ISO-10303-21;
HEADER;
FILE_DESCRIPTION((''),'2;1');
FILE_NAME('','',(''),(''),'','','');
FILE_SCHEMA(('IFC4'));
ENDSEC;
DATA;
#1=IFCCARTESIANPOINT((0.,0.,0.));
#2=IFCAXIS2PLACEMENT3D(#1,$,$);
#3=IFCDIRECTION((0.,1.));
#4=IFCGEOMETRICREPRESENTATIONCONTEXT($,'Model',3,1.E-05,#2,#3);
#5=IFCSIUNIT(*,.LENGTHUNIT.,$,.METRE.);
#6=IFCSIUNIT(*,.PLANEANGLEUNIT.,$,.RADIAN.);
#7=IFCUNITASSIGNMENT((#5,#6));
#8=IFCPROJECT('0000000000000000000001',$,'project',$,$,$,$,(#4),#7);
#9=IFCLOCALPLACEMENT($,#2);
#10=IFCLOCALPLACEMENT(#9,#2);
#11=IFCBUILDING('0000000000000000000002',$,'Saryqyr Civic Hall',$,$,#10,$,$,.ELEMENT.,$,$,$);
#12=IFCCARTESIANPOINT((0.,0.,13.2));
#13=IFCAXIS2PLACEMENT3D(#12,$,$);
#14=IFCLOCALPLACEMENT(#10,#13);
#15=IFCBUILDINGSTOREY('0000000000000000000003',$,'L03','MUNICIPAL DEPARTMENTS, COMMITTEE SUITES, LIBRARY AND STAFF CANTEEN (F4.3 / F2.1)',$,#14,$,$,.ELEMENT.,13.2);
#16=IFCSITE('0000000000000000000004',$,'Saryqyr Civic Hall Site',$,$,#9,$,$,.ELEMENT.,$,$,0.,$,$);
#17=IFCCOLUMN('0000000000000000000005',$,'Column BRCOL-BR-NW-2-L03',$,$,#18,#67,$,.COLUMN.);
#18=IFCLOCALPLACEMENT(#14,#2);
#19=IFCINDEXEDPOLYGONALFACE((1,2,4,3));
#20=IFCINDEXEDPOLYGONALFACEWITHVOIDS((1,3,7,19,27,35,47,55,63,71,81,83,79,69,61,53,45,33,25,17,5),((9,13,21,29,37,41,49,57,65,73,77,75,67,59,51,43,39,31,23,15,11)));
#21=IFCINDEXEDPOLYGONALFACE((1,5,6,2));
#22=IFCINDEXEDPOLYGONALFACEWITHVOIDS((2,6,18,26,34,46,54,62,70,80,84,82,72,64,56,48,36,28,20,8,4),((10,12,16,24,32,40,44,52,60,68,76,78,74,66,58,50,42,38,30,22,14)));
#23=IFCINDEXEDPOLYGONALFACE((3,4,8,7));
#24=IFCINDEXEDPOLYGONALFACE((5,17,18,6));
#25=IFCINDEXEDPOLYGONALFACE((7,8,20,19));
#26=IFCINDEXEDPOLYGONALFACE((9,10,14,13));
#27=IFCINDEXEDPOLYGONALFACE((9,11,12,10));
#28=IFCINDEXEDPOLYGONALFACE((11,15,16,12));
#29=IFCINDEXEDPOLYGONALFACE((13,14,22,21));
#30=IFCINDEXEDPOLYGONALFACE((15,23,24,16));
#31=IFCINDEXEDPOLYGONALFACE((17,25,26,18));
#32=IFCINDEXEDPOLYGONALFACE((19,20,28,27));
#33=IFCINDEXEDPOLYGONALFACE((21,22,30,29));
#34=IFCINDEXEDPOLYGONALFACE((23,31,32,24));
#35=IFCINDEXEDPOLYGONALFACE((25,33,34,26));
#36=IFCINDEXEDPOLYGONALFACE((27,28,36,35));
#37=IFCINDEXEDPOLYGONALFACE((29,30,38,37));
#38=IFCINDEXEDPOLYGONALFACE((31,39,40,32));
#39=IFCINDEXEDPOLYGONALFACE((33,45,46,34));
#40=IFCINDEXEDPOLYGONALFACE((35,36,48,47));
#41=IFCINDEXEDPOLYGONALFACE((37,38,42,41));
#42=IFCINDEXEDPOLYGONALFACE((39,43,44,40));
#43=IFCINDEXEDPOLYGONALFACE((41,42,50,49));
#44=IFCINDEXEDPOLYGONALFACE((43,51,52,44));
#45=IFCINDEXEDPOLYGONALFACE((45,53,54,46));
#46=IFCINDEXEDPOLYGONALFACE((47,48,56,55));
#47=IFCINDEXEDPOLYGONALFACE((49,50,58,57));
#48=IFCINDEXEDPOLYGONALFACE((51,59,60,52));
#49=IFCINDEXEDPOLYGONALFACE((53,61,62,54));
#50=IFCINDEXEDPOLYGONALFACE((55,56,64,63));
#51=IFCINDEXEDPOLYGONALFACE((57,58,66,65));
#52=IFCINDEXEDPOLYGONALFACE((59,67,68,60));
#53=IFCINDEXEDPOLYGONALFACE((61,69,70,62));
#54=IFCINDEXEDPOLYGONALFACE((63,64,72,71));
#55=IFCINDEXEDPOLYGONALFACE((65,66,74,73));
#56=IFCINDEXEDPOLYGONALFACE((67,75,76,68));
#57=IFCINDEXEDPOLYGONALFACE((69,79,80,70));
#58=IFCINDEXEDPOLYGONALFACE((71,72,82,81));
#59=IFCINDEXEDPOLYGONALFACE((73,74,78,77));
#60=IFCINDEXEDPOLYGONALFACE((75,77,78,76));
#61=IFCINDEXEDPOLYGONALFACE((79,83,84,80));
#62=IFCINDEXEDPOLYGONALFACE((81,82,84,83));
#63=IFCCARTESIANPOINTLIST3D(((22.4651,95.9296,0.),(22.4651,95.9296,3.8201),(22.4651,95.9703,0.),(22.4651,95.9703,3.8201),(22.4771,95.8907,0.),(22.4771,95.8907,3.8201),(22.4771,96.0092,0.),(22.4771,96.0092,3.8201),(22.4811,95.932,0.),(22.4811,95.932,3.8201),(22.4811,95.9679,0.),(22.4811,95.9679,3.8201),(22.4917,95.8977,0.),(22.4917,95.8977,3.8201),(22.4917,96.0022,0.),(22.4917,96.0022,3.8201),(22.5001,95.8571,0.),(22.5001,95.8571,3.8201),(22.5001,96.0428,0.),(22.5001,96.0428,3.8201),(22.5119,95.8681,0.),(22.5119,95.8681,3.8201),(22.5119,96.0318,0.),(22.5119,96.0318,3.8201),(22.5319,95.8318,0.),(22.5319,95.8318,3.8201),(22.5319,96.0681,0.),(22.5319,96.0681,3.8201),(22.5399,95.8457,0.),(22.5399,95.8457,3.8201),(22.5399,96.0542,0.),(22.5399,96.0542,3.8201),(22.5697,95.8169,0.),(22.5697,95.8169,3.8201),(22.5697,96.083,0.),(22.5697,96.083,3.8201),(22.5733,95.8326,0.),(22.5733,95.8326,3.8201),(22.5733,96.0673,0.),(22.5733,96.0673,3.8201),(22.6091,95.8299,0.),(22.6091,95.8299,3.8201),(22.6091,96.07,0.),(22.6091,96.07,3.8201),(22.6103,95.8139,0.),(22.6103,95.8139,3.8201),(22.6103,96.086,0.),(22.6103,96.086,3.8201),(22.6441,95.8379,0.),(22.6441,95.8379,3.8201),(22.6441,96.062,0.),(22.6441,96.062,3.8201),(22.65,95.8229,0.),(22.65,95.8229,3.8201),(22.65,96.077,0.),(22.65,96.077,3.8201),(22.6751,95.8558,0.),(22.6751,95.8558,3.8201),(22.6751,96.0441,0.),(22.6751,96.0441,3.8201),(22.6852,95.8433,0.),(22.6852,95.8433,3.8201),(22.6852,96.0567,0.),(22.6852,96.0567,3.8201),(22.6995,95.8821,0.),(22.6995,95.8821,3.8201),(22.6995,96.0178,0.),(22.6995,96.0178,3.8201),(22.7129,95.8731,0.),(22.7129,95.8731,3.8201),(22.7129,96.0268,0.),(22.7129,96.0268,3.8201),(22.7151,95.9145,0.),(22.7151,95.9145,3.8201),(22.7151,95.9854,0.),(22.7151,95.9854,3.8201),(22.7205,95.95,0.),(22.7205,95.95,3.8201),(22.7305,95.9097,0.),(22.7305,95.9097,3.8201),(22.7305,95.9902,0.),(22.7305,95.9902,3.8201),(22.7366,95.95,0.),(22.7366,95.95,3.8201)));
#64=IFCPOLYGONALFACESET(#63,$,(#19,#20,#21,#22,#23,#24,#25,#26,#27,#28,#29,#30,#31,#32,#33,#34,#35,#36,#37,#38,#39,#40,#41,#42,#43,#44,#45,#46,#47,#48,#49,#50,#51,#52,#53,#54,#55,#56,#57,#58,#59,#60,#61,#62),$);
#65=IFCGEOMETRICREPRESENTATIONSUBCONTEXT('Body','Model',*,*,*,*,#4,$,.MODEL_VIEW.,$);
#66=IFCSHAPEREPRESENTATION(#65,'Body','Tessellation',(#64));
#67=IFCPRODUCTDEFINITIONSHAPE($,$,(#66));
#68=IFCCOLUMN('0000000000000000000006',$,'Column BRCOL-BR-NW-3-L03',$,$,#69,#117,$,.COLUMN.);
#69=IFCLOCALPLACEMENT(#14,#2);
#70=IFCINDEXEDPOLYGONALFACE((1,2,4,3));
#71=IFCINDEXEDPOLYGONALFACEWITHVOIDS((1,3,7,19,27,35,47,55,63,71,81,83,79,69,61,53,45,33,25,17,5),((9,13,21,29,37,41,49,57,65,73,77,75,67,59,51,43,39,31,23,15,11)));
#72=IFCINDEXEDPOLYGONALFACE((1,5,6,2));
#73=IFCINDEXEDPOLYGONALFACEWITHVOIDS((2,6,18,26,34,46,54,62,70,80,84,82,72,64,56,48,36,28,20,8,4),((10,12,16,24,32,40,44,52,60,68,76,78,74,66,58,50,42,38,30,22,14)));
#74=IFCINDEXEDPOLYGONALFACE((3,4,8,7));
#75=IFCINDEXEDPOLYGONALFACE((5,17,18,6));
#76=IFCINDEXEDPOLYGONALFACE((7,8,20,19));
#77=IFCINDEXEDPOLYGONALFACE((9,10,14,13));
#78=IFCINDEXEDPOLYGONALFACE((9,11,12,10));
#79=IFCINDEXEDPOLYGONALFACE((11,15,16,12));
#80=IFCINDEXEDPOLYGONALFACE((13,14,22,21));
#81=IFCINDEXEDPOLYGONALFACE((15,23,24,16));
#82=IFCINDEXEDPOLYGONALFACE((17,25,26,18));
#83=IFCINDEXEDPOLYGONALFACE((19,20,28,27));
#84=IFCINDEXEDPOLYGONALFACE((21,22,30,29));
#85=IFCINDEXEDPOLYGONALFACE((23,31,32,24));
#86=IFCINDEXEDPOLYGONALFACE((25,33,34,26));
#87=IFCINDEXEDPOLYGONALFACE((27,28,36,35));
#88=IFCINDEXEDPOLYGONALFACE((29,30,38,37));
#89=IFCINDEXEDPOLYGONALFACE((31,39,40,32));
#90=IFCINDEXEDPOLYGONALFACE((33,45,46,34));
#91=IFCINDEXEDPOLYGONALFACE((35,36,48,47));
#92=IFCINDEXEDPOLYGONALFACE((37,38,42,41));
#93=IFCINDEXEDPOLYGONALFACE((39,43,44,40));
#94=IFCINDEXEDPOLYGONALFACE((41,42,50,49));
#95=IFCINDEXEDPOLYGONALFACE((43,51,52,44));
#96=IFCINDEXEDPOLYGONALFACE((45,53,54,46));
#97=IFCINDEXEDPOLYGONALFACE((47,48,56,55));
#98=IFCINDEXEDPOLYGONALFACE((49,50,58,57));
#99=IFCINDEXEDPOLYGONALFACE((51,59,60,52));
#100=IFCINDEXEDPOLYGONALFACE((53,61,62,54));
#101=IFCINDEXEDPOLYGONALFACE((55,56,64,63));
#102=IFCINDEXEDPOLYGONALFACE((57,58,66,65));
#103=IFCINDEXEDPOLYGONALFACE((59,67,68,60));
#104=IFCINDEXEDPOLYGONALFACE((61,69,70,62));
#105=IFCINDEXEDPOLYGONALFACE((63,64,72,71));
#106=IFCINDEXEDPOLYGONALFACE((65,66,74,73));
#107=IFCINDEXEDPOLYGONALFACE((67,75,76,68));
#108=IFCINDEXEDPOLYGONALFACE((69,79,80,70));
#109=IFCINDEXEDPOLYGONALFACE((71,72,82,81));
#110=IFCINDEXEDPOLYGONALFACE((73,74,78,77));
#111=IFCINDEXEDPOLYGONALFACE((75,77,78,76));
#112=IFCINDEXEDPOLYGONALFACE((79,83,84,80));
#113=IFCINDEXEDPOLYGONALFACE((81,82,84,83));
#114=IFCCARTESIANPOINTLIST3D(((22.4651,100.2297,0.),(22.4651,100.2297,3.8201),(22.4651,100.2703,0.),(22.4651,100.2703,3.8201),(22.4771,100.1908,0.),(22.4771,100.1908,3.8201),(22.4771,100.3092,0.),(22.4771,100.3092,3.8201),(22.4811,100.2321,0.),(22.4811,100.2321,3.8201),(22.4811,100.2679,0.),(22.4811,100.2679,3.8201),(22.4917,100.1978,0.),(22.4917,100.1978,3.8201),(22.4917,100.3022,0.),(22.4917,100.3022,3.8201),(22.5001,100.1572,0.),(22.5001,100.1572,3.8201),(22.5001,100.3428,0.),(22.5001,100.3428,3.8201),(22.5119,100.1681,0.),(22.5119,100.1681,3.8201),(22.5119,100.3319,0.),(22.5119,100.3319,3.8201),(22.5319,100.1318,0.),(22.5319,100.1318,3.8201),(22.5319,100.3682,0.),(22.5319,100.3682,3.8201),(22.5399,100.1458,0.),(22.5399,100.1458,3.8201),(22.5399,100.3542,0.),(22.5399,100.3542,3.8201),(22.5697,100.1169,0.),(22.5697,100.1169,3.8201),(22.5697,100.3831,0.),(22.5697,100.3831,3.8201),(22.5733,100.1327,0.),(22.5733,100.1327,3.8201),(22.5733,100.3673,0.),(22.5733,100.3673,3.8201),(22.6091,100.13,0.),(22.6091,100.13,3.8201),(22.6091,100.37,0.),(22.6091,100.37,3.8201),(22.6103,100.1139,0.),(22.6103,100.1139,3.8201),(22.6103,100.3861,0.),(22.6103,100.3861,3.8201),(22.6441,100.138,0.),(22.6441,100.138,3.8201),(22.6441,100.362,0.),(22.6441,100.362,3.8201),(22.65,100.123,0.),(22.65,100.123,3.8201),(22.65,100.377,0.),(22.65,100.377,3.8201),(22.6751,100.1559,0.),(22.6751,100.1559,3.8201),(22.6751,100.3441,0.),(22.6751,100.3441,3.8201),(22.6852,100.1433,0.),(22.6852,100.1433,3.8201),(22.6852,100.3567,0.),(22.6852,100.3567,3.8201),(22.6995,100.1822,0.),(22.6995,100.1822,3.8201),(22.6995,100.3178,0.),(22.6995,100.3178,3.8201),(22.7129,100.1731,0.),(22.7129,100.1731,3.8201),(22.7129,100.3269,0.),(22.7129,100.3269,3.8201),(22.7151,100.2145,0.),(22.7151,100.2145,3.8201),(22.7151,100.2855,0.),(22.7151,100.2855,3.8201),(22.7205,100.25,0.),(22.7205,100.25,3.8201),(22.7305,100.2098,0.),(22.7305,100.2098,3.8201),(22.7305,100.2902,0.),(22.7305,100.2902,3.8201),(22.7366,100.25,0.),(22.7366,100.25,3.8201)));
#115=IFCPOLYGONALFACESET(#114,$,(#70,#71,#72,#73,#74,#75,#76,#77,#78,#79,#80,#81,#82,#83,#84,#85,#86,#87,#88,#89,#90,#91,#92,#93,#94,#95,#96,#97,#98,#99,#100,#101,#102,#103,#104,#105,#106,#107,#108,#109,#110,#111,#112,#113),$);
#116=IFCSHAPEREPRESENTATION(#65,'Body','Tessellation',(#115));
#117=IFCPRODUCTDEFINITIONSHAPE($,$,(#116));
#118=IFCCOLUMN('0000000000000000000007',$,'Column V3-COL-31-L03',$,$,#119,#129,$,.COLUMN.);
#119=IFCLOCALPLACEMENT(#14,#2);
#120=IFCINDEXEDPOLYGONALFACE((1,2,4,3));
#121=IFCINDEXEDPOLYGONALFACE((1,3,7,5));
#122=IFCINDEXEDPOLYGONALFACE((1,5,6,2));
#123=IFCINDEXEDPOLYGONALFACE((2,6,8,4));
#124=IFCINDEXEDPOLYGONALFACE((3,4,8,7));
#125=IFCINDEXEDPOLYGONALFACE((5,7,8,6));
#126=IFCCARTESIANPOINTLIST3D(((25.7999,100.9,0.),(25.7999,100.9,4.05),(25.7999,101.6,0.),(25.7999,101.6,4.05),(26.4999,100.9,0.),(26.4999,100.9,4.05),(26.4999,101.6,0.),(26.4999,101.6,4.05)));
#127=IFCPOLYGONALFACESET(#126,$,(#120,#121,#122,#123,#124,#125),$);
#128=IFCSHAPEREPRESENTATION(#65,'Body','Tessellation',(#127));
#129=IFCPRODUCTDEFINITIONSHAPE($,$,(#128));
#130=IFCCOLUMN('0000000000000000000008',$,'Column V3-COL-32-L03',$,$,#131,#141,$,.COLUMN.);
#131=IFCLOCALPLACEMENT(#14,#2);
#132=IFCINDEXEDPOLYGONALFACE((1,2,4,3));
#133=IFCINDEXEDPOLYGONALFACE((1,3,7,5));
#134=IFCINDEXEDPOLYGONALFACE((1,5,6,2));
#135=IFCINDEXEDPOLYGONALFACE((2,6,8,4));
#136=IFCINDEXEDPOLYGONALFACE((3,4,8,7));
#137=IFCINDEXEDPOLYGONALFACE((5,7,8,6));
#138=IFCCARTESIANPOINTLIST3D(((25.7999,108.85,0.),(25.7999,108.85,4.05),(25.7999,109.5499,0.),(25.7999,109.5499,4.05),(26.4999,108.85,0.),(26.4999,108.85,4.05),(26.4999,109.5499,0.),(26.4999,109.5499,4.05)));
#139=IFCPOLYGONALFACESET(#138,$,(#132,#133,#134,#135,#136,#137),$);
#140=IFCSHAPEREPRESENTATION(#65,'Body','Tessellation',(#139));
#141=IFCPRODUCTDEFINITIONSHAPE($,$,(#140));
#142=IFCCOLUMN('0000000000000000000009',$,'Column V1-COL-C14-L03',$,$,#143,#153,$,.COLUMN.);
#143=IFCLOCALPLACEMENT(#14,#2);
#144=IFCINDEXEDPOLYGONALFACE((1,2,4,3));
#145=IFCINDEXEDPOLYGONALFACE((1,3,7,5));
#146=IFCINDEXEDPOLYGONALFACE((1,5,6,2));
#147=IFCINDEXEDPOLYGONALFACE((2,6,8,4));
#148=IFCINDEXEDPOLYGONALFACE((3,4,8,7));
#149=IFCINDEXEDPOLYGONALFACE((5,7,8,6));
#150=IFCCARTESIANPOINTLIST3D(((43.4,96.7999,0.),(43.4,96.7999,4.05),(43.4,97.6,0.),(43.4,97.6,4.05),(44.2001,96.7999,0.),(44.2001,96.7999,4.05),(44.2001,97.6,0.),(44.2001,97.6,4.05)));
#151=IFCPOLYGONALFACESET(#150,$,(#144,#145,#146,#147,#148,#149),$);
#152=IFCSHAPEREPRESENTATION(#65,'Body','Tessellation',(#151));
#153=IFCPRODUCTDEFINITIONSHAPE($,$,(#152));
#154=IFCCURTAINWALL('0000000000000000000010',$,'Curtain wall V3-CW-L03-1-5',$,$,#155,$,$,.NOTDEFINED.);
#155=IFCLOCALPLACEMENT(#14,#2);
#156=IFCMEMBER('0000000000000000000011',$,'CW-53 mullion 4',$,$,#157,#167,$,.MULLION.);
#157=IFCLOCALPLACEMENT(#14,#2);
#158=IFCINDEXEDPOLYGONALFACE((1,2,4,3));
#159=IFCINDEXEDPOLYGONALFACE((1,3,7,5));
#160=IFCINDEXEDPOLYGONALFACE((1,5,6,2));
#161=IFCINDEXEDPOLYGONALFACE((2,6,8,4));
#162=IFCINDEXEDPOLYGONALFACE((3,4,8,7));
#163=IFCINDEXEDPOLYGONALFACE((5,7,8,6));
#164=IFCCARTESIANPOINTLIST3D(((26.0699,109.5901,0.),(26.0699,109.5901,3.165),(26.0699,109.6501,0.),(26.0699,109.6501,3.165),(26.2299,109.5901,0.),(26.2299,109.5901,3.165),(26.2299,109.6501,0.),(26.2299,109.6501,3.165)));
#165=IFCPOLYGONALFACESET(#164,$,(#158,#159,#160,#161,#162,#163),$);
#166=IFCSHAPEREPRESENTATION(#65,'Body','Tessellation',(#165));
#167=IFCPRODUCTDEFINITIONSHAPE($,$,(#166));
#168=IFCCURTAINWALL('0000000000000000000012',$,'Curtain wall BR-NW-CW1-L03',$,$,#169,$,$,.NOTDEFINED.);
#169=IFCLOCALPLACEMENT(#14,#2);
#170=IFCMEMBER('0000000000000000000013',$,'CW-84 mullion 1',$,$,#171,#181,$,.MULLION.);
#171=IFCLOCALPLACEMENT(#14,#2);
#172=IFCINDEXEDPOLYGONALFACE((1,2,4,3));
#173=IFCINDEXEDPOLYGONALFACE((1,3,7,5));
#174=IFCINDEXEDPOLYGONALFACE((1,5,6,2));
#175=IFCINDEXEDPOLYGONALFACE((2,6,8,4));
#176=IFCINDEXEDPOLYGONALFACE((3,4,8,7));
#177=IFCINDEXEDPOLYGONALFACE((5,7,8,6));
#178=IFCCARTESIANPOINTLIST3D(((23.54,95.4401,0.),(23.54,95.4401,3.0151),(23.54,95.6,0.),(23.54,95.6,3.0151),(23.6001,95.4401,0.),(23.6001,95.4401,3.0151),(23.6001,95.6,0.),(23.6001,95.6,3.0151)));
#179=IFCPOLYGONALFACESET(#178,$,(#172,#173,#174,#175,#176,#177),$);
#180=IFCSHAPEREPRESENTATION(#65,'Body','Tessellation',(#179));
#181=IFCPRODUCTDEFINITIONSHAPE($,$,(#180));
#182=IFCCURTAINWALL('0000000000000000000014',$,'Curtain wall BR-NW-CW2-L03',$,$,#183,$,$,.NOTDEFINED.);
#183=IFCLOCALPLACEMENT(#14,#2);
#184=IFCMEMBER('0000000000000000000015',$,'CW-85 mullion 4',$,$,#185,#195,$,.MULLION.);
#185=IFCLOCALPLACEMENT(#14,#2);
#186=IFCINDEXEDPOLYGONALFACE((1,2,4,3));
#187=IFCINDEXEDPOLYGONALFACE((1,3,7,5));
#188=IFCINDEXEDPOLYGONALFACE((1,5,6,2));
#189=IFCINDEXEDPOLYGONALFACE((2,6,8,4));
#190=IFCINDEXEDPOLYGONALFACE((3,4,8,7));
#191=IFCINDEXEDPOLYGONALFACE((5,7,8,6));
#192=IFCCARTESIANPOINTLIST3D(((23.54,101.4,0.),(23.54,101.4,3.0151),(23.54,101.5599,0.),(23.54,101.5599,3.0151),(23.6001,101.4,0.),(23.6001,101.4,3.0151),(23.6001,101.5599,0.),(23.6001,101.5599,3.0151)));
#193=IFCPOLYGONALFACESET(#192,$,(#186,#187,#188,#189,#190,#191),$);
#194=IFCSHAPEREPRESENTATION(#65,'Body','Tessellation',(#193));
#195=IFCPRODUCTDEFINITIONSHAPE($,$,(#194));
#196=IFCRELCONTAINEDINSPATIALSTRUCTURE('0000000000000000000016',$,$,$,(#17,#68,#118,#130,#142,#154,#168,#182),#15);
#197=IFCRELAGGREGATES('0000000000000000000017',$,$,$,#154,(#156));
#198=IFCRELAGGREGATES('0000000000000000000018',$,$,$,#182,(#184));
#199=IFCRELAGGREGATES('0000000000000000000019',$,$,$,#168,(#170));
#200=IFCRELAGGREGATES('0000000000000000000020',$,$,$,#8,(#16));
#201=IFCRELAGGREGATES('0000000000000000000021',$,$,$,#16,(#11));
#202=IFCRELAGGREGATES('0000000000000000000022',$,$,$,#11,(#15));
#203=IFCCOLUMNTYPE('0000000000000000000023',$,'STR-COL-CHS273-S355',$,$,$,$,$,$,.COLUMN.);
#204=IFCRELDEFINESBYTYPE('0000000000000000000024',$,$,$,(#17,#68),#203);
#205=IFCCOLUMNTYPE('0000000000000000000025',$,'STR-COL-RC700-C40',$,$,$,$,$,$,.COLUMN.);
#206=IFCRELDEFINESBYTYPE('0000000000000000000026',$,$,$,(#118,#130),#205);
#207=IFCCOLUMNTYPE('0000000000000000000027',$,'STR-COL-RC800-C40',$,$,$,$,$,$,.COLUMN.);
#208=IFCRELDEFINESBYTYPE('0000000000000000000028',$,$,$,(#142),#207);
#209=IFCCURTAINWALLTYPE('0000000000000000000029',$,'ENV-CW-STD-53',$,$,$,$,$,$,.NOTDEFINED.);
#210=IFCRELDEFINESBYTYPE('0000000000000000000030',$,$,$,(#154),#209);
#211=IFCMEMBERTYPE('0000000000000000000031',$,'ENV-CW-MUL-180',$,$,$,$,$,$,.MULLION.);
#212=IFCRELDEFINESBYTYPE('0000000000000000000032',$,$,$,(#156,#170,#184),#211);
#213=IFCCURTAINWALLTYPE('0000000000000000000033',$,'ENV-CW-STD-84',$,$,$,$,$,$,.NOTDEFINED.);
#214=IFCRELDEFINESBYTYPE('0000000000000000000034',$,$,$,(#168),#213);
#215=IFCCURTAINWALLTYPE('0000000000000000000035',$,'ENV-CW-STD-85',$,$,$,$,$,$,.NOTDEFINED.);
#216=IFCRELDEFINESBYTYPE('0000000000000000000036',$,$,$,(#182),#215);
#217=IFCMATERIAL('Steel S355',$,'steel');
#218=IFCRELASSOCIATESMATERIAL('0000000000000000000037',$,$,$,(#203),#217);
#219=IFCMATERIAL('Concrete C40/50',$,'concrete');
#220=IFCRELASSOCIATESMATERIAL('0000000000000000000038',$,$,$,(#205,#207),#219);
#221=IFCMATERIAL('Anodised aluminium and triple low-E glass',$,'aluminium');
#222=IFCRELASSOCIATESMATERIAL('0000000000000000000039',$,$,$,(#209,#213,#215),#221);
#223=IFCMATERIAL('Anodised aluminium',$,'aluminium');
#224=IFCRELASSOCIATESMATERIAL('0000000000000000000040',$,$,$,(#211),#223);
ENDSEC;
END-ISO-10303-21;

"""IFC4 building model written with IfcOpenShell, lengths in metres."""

from ifc_helpers import new_model, si_unit, direction, frame, origin, origin_2d, place, context, subcontext, project, spatial, rectangle, hollow_circle, extrude, material, material_profile, profile_set, type_object, element, aggregate, save


model = new_model("IFC4")

# Units and contexts
model_context = context("Model", 3, precision=1e-05, world=origin(), true_north=direction((0.0, 1.0)))
body_context = subcontext(model_context, "Body", "Model", "MODEL_VIEW")
ifc_project = project(units=[si_unit("LENGTHUNIT", "METRE"), si_unit("PLANEANGLEUNIT", "RADIAN")], contexts=[model_context])

# Site, building, storey
site_placement = place(None, origin())
site = spatial("IfcSite", under=ifc_project, at=site_placement, Name="Saryqyr Civic Hall Site", CompositionType="ELEMENT", RefElevation=0.0)
building_placement = place(site_placement, origin())
building = spatial("IfcBuilding", under=site, at=building_placement, Name="Saryqyr Civic Hall", CompositionType="ELEMENT")
storey_placement = place(building_placement, frame((0.0, 0.0, 13.2)))
storey = spatial("IfcBuildingStorey", under=building, at=storey_placement, Name="L03", Description="MUNICIPAL DEPARTMENTS, COMMITTEE SUITES, LIBRARY AND STAFF CANTEEN (F4.3 / F2.1)", CompositionType="ELEMENT", Elevation=13.2)

# Columns
ifc_material_1 = material(Name="Steel S355", Category="steel")
ifc_material_profile_1 = material_profile(ifc_material_1, hollow_circle(Radius=0.1365, WallThickness=0.0161, at=origin_2d()), Name="CHS 273x16")
ifc_profile_set_1 = profile_set([ifc_material_profile_1], Name="Steel S355")
column_type_1 = type_object("IfcColumnType", Name="STR-COL-CHS273-S355", PredefinedType="COLUMN", material=ifc_profile_set_1)
for number, where, z_axis, x_axis, name in (
    (1, (22.6001, 95.95, 0.0), (0.0, 0.0, 1.0), (1.0, 0.0, 0.0), "Column BRCOL-BR-NW-2-L03"),
    (2, (22.6001, 100.25, 0.0), (0.0, 0.0, 1.0), (1.0, 0.0, 0.0), "Column BRCOL-BR-NW-3-L03"),
):
    element("IfcColumn", number, at=place(storey_placement, frame(where, z_axis=z_axis, x_axis=x_axis)), inside=storey, type_object=column_type_1, Name=name, PredefinedType="COLUMN", context=body_context, shape_type="SweptSolid", body=[
        extrude(hollow_circle(Radius=0.1365, WallThickness=0.0161, at=origin_2d()), origin(), (0.0, 0.0, 1.0), 3.8201),
    ])
ifc_material_2 = material(Name="Concrete C40/50", Category="concrete")
ifc_material_profile_2 = material_profile(ifc_material_2, rectangle(XDim=0.7, YDim=0.7, at=origin_2d()), Name="RC 700x700")
ifc_profile_set_2 = profile_set([ifc_material_profile_2], Name="Concrete C40/50")
column_type_2 = type_object("IfcColumnType", Name="STR-COL-RC700-C40", PredefinedType="COLUMN", material=ifc_profile_set_2)
for number, where, z_axis, x_axis, name in (
    (3, (26.1499, 101.25, 0.0), (0.0, 0.0, 1.0), (1.0, 0.0, 0.0), "Column V3-COL-31-L03"),
    (4, (26.1499, 109.2, 0.0), (0.0, 0.0, 1.0), (1.0, 0.0, 0.0), "Column V3-COL-32-L03"),
):
    element("IfcColumn", number, at=place(storey_placement, frame(where, z_axis=z_axis, x_axis=x_axis)), inside=storey, type_object=column_type_2, Name=name, PredefinedType="COLUMN", context=body_context, shape_type="SweptSolid", body=[
        extrude(rectangle(XDim=0.7, YDim=0.7, at=origin_2d()), origin(), (0.0, 0.0, 1.0), 4.05),
    ])
ifc_material_profile_3 = material_profile(ifc_material_2, rectangle(XDim=0.8, YDim=0.8, at=origin_2d()), Name="RC 800x800")
ifc_profile_set_3 = profile_set([ifc_material_profile_3], Name="Concrete C40/50")
column_type_3 = type_object("IfcColumnType", Name="STR-COL-RC800-C40", PredefinedType="COLUMN", material=ifc_profile_set_3)
column_placement = place(storey_placement, frame((43.8, 97.2, 0.0), z_axis=(0.0, 0.0, 1.0), x_axis=(1.0, 0.0, 0.0)))
element("IfcColumn", 5, at=column_placement, inside=storey, type_object=column_type_3, Name="Column V1-COL-C14-L03", PredefinedType="COLUMN", context=body_context, shape_type="SweptSolid", body=[
    extrude(rectangle(XDim=0.8, YDim=0.8, at=origin_2d()), origin(), (0.0, 0.0, 1.0), 4.05),
])

# Curtain walls, members
ifc_material_3 = material(Name="Anodised aluminium and triple low-E glass", Category="aluminium")
curtain_wall_type_1 = type_object("IfcCurtainWallType", Name="ENV-CW-STD-53", PredefinedType="NOTDEFINED", material=ifc_material_3)
curtain_wall_1_placement = place(storey_placement, origin())
curtain_wall_1 = element("IfcCurtainWall", 6, at=curtain_wall_1_placement, inside=storey, type_object=curtain_wall_type_1, Name="Curtain wall V3-CW-L03-1-5", PredefinedType="NOTDEFINED")
ifc_material_4 = material(Name="Anodised aluminium", Category="aluminium")
ifc_material_profile_4 = material_profile(ifc_material_4, rectangle(XDim=0.0601, YDim=0.1599, at=origin_2d()), Name="ALU MULLION 60x160")
ifc_profile_set_4 = profile_set([ifc_material_profile_4], Name="Anodised aluminium")
member_type_1 = type_object("IfcMemberType", Name="ENV-CW-MUL-180", PredefinedType="MULLION", material=ifc_profile_set_4)
member_1_placement = place(storey_placement, frame((26.1499, 109.6201, 0.0), z_axis=(0.0, 0.0, 1.0), x_axis=(0.0, -1.0, 0.0)))
member_1 = element("IfcMember", 7, at=member_1_placement, type_object=member_type_1, Name="CW-53 mullion 4", PredefinedType="MULLION", context=body_context, shape_type="SweptSolid", body=[
    extrude(rectangle(XDim=0.0601, YDim=0.1599, at=origin_2d()), origin(), (0.0, 0.0, 1.0), 3.165),
])
aggregate(curtain_wall_1, [member_1])
curtain_wall_type_2 = type_object("IfcCurtainWallType", Name="ENV-CW-STD-84", PredefinedType="NOTDEFINED", material=ifc_material_3)
curtain_wall_2_placement = place(storey_placement, origin())
curtain_wall_2 = element("IfcCurtainWall", 8, at=curtain_wall_2_placement, inside=storey, type_object=curtain_wall_type_2, Name="Curtain wall BR-NW-CW1-L03", PredefinedType="NOTDEFINED")
member_2_placement = place(storey_placement, frame((23.5701, 95.52, 0.0), z_axis=(0.0, 0.0, 1.0), x_axis=(-1.0, 0.0, 0.0)))
member_2 = element("IfcMember", 9, at=member_2_placement, type_object=member_type_1, Name="CW-84 mullion 1", PredefinedType="MULLION", context=body_context, shape_type="SweptSolid", body=[
    extrude(rectangle(XDim=0.0601, YDim=0.1599, at=origin_2d()), origin(), (0.0, 0.0, 1.0), 3.0151),
])
curtain_wall_type_3 = type_object("IfcCurtainWallType", Name="ENV-CW-STD-85", PredefinedType="NOTDEFINED", material=ifc_material_3)
curtain_wall_3_placement = place(storey_placement, origin())
curtain_wall_3 = element("IfcCurtainWall", 10, at=curtain_wall_3_placement, inside=storey, type_object=curtain_wall_type_3, Name="Curtain wall BR-NW-CW2-L03", PredefinedType="NOTDEFINED")
member_3_placement = place(storey_placement, frame((23.5701, 101.48, 0.0), z_axis=(0.0, 0.0, 1.0), x_axis=(1.0, 0.0, 0.0)))
member_3 = element("IfcMember", 11, at=member_3_placement, type_object=member_type_1, Name="CW-85 mullion 4", PredefinedType="MULLION", context=body_context, shape_type="SweptSolid", body=[
    extrude(rectangle(XDim=0.0601, YDim=0.1599, at=origin_2d()), origin(), (0.0, 0.0, 1.0), 3.0151),
])
aggregate(curtain_wall_3, [member_3])

aggregate(curtain_wall_2, [member_2])

save(model, "model.ifc")
